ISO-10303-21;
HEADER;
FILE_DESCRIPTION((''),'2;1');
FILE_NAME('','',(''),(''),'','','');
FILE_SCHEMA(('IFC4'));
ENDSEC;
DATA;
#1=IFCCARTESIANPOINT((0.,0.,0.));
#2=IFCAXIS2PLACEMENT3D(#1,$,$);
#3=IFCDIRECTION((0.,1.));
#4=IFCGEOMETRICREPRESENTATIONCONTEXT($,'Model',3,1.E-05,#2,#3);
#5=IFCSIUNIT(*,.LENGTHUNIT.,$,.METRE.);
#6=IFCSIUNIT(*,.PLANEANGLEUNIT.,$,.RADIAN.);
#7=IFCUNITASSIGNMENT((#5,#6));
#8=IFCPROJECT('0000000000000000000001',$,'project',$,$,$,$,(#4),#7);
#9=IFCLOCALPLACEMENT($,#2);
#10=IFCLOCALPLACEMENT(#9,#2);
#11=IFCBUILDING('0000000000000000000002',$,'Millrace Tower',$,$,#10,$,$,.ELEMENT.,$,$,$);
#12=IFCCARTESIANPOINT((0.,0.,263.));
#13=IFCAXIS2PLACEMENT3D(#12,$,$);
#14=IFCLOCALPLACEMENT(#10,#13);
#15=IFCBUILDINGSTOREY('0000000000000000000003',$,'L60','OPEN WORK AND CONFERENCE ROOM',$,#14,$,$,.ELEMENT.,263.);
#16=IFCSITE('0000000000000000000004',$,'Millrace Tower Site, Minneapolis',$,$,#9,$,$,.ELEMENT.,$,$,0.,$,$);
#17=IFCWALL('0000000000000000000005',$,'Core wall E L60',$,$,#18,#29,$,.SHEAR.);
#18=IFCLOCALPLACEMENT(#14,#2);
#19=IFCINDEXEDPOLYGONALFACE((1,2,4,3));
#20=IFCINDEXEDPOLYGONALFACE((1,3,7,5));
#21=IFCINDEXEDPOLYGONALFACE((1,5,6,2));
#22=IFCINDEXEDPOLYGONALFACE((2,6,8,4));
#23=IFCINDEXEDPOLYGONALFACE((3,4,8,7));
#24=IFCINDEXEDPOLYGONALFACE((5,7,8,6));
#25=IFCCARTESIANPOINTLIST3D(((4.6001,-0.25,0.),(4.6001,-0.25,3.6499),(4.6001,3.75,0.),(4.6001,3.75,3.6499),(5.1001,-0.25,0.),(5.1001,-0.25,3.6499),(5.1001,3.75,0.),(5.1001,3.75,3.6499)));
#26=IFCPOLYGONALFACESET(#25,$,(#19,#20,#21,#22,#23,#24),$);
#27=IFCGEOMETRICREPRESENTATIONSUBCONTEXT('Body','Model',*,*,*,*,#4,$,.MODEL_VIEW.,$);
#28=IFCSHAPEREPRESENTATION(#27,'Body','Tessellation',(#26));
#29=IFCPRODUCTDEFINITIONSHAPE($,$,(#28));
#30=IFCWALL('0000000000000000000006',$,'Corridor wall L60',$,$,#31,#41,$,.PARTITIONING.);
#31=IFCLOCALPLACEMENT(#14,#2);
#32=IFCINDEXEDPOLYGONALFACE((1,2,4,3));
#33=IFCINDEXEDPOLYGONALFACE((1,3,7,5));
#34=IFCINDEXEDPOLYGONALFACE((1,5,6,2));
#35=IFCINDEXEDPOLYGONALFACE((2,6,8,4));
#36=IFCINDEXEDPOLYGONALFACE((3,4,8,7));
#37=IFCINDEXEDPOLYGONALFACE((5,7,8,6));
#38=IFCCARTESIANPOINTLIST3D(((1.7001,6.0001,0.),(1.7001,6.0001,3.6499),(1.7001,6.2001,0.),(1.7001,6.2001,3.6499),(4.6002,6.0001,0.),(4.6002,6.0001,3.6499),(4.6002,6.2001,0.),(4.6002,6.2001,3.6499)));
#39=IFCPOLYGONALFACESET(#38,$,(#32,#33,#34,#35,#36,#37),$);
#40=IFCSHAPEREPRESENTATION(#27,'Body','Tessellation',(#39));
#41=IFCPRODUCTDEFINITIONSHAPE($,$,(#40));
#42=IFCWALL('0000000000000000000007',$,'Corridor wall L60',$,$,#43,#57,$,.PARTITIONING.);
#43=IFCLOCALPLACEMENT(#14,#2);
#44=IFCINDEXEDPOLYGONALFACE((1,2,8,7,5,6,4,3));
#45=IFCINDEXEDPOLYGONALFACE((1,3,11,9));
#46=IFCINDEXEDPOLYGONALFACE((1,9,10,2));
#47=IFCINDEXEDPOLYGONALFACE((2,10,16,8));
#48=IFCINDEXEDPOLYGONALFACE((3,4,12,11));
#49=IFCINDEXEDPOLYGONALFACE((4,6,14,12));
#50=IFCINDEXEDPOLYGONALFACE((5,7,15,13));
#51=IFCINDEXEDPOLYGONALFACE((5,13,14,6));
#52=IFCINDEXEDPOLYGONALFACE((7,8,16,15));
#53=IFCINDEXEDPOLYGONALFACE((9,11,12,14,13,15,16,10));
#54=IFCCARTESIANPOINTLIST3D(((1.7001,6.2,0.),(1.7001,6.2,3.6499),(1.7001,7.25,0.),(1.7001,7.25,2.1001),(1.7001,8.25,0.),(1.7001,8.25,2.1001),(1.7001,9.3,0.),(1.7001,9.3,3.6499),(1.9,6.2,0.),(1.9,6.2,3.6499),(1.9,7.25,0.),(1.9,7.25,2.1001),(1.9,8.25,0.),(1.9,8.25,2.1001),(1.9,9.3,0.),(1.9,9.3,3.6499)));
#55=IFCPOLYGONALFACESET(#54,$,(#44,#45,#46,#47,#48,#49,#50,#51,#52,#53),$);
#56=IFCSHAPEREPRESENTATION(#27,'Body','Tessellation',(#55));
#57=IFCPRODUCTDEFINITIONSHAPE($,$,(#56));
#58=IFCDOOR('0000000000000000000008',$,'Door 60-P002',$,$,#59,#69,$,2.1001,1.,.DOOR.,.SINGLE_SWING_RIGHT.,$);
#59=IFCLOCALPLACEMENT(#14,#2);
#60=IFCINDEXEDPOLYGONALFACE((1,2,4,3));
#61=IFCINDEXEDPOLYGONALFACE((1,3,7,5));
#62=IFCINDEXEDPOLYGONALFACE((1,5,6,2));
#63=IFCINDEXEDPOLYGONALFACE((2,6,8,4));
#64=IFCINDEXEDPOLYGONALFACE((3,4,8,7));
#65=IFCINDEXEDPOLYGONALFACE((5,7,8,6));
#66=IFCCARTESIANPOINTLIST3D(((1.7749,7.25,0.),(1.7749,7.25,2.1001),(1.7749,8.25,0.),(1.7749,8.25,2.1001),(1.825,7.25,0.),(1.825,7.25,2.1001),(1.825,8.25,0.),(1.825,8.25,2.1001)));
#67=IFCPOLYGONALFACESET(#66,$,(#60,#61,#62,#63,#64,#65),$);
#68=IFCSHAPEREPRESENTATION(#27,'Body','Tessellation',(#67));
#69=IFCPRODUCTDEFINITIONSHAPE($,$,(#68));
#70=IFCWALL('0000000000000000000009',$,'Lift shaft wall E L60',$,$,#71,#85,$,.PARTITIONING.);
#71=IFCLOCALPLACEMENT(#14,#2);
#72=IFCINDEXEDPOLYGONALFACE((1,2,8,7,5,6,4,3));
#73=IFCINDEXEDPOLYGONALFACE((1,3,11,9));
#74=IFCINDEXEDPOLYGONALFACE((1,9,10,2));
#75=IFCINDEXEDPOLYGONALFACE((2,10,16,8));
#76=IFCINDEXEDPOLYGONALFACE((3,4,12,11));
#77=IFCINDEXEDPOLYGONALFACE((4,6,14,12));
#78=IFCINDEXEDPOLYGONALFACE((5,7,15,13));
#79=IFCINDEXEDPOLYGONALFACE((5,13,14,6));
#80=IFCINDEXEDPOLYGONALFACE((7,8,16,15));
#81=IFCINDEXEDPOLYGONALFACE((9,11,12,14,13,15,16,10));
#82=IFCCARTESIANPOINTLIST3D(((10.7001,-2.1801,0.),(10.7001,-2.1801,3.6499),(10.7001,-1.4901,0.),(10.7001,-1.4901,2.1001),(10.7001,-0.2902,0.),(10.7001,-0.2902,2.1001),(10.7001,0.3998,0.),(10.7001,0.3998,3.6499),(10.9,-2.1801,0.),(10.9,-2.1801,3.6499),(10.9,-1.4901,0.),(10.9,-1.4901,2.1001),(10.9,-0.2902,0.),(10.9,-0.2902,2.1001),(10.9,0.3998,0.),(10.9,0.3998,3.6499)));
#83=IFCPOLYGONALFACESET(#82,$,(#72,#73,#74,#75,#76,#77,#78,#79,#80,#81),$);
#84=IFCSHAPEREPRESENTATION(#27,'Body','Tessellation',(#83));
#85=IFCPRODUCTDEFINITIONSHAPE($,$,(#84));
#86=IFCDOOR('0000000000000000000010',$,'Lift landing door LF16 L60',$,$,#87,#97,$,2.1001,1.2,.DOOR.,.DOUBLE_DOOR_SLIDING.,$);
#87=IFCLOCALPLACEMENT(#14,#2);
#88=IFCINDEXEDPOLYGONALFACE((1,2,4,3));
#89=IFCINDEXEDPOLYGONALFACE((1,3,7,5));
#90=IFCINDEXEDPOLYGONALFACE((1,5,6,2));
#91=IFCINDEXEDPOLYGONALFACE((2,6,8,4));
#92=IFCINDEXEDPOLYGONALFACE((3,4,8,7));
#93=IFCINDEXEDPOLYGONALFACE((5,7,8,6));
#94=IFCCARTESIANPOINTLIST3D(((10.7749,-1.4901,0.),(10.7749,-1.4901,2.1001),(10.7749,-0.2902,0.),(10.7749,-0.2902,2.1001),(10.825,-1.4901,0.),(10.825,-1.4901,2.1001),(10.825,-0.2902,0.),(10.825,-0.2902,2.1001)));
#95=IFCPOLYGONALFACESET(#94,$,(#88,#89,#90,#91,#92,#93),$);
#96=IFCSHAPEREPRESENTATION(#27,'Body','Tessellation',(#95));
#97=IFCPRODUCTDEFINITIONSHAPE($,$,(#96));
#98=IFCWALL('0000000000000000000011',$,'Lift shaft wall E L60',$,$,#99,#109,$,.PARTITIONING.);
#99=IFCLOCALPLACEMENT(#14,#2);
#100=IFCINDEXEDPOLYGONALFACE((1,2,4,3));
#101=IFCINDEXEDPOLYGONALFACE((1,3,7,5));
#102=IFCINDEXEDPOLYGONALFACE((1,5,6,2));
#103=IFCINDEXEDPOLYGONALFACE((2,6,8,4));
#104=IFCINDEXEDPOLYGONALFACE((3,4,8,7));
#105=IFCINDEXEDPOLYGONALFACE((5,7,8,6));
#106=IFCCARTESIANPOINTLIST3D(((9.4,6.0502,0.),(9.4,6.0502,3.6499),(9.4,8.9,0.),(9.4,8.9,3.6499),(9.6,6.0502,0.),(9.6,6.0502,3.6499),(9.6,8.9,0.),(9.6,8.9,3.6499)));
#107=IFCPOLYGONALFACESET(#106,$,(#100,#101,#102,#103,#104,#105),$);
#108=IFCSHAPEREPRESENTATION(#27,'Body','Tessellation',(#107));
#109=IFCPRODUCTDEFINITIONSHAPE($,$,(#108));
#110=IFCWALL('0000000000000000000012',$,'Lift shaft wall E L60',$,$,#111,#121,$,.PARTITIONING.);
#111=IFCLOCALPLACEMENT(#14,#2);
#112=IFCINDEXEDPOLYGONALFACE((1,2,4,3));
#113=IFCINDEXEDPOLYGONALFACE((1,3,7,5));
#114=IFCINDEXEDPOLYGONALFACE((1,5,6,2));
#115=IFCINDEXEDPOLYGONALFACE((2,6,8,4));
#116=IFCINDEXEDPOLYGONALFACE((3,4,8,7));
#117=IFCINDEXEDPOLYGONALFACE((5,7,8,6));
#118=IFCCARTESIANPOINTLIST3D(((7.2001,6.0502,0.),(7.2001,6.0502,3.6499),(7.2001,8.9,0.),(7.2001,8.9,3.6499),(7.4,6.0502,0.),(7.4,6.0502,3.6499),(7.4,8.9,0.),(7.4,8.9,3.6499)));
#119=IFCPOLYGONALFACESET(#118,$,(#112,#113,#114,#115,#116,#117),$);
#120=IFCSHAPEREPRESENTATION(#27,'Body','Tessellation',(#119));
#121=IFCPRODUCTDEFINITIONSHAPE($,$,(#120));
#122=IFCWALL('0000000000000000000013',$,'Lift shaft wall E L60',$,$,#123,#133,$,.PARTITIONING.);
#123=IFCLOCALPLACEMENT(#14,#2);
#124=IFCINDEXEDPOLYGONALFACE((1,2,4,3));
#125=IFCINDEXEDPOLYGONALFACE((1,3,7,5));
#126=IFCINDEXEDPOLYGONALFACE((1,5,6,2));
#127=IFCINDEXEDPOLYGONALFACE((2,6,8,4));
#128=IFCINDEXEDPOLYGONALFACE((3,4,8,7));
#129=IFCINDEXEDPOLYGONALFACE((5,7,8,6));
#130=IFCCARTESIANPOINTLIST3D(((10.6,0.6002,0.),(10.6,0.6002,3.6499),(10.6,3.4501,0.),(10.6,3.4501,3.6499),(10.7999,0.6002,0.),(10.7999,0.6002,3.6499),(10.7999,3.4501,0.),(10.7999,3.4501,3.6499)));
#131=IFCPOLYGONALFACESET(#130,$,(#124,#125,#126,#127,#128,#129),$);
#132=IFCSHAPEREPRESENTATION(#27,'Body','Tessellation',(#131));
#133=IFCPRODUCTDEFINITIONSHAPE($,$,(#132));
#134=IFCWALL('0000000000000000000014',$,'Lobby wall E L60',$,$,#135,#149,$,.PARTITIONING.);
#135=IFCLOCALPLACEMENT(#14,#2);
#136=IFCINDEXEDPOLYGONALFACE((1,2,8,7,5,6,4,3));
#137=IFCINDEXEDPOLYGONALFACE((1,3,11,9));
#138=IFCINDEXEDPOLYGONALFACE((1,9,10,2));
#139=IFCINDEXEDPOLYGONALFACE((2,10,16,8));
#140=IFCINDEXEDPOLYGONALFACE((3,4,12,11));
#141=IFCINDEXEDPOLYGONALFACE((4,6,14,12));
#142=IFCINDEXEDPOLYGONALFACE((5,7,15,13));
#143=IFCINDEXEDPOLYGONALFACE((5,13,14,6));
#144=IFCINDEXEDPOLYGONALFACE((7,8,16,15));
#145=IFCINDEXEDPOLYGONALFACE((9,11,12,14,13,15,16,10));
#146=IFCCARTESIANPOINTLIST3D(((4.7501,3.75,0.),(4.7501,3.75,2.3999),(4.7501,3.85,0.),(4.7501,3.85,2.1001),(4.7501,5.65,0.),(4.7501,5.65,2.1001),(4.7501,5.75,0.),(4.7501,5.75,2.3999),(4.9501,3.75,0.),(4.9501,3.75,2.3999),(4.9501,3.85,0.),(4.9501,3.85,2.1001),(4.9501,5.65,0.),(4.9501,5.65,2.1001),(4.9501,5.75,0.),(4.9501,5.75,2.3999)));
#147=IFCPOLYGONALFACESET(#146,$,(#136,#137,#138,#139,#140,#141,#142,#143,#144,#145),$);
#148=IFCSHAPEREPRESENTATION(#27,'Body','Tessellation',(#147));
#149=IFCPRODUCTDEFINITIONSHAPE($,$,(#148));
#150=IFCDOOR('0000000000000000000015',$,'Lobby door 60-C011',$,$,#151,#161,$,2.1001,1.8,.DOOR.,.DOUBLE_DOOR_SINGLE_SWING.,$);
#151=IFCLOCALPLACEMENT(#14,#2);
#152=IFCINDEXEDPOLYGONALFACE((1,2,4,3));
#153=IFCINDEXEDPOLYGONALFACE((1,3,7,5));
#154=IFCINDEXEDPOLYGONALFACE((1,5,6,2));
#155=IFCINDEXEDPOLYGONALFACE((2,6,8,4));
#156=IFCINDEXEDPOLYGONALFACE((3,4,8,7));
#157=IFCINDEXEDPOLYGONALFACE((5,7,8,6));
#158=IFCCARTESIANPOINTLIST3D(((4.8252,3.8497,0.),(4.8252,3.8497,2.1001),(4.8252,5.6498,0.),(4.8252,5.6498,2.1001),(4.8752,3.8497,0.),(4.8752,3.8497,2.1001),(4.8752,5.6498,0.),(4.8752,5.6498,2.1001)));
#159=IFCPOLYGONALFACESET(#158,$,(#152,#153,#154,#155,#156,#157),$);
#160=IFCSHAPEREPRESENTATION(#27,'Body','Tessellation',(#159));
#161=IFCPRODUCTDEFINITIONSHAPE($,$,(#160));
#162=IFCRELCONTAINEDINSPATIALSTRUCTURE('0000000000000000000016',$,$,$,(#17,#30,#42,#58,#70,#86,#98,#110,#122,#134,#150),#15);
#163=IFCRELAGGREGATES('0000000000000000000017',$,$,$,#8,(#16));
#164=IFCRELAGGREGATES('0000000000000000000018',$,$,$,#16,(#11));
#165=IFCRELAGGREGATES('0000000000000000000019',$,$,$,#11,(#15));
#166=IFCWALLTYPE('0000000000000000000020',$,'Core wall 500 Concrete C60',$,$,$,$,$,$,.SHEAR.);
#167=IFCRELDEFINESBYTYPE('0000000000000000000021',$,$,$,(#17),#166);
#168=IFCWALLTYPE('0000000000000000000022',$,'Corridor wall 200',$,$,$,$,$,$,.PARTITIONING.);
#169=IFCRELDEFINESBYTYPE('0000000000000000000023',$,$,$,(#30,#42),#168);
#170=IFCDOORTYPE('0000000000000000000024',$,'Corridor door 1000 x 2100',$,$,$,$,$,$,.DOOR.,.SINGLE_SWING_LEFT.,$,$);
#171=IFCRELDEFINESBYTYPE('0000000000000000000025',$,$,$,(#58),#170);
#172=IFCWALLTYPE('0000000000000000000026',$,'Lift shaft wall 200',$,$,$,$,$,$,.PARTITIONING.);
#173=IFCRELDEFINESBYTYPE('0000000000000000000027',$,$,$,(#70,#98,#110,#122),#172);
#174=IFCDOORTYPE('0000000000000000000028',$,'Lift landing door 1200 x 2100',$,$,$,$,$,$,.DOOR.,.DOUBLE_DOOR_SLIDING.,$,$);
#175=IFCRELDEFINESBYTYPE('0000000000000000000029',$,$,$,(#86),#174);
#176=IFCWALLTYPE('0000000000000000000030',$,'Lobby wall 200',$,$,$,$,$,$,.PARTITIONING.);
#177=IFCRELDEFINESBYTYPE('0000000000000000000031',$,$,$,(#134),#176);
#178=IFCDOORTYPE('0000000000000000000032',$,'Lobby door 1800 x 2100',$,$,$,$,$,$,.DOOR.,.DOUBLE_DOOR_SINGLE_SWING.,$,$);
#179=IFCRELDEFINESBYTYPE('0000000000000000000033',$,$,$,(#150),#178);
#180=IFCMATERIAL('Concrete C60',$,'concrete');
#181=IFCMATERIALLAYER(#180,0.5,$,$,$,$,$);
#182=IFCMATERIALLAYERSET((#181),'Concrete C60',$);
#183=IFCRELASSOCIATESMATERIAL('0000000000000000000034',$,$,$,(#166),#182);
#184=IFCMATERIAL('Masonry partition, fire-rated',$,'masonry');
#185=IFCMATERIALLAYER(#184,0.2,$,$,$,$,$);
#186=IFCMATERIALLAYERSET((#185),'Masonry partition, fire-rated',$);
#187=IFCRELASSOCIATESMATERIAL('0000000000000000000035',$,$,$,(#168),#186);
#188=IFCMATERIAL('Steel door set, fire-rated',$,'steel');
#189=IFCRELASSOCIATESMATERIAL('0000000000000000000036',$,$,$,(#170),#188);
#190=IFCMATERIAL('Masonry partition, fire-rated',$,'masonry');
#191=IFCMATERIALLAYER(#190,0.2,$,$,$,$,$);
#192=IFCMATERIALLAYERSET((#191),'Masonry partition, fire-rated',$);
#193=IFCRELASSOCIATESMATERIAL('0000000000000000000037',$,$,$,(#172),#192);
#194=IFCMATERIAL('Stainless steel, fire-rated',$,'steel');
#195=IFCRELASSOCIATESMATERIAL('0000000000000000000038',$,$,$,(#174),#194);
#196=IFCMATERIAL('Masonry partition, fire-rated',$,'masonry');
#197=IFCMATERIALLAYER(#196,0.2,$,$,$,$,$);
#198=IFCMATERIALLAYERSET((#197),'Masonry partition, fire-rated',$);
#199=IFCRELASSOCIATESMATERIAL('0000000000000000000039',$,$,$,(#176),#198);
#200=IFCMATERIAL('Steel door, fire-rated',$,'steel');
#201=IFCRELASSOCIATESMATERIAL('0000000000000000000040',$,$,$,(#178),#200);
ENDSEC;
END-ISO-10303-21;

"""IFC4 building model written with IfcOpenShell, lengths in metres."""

from ifc_helpers import new_model, si_unit, direction, frame, frame_2d, origin, place, context, subcontext, project, spatial, rectangle, extrude, material, layer, layer_set, type_object, element, fill, save


model = new_model("IFC4")

# Units and contexts
model_context = context("Model", 3, precision=1e-05, world=origin(), true_north=direction((0.0, 1.0)))
body_context = subcontext(model_context, "Body", "Model", "MODEL_VIEW")
ifc_project = project(units=[si_unit("LENGTHUNIT", "METRE"), si_unit("PLANEANGLEUNIT", "RADIAN")], contexts=[model_context])

# Site, building, storey
site_placement = place(None, origin())
site = spatial("IfcSite", under=ifc_project, at=site_placement, Name="Millrace Tower Site, Minneapolis", CompositionType="ELEMENT", RefElevation=0.0)
building_placement = place(site_placement, origin())
building = spatial("IfcBuilding", under=site, at=building_placement, Name="Millrace Tower", CompositionType="ELEMENT")
storey_placement = place(building_placement, frame((0.0, 0.0, 263.0)))
storey = spatial("IfcBuildingStorey", under=building, at=storey_placement, Name="L60", Description="OPEN WORK AND CONFERENCE ROOM", CompositionType="ELEMENT", Elevation=263.0)

# Walls
ifc_material_1 = material(Name="Concrete C60", Category="concrete")
ifc_layer_1 = layer(ifc_material_1, 0.5)
ifc_layer_set_1 = layer_set([ifc_layer_1], Name="Concrete C60")
wall_type_1 = type_object("IfcWallType", Name="Core wall 500 Concrete C60", PredefinedType="SHEAR", material=ifc_layer_set_1)
wall_1_placement = place(storey_placement, frame((4.8501, 3.75, 0.0), z_axis=(0.0, 0.0, 1.0), x_axis=(0.0, -1.0, 0.0)))
element("IfcWall", 1, at=wall_1_placement, inside=storey, type_object=wall_type_1, Name="Core wall E L60", PredefinedType="SHEAR", context=body_context, shape_type="SweptSolid", body=[
    extrude(rectangle(XDim=4.0, YDim=0.5, at=frame_2d((2.0, 0.0))), origin(), (0.0, 0.0, 1.0), 3.6499),
])
ifc_material_2 = material(Name="Masonry partition, fire-rated", Category="masonry")
ifc_layer_2 = layer(ifc_material_2, 0.2)
ifc_layer_set_2 = layer_set([ifc_layer_2], Name="Masonry partition, fire-rated")
wall_type_2 = type_object("IfcWallType", Name="Corridor wall 200", PredefinedType="PARTITIONING", material=ifc_layer_set_2)
wall_2_placement = place(storey_placement, frame((1.7, 6.1001, 0.0), z_axis=(0.0, 0.0, 1.0), x_axis=(1.0, 0.0, 0.0)))
element("IfcWall", 2, at=wall_2_placement, inside=storey, type_object=wall_type_2, Name="Corridor wall L60", PredefinedType="PARTITIONING", context=body_context, shape_type="SweptSolid", body=[
    extrude(rectangle(XDim=2.9001, YDim=0.2, at=frame_2d((1.4502, 0.0))), origin(), (0.0, 0.0, 1.0), 3.6499),
])

# Walls, openings, doors
wall_3_placement = place(storey_placement, frame((1.8, 6.2, 0.0), z_axis=(0.0, 0.0, 1.0), x_axis=(0.0, 1.0, 0.0)))
wall_3 = element("IfcWall", 3, at=wall_3_placement, inside=storey, type_object=wall_type_2, Name="Corridor wall L60", PredefinedType="PARTITIONING", context=body_context, shape_type="SweptSolid", body=[
    extrude(rectangle(XDim=3.1001, YDim=0.2, at=frame_2d((1.55, 0.0))), origin(), (0.0, 0.0, 1.0), 3.6499),
])
opening_1_placement = place(wall_3_placement, frame((1.05, 0.0, 0.0)))
opening_1 = element("IfcOpeningElement", 4, at=opening_1_placement, cuts=wall_3, PredefinedType="OPENING", context=body_context, shape_type="SweptSolid", body=[
    extrude(rectangle(XDim=1.0, YDim=2.1001, at=frame_2d((0.5, 1.05))), frame((0.0, 0.1099, 0.0), z_axis=(0.0, -1.0, 0.0), x_axis=(1.0, 0.0, 0.0)), (0.0, 0.0, 1.0), 0.22),
])
ifc_material_3 = material(Name="Steel door set, fire-rated", Category="steel")
door_type_1 = type_object("IfcDoorType", Name="Corridor door 1000 x 2100", OperationType="SINGLE_SWING_LEFT", PredefinedType="DOOR", material=ifc_material_3)
door_1_placement = place(opening_1_placement, frame((1.0, 0.0, 0.0), z_axis=(0.0, 0.0, 1.0), x_axis=(-1.0, 0.0, 0.0)))
door_1 = element("IfcDoor", 5, at=door_1_placement, inside=storey, type_object=door_type_1, Name="Door 60-P002", OperationType="SINGLE_SWING_RIGHT", OverallHeight=2.1001, OverallWidth=1.0, PredefinedType="DOOR", context=body_context, shape_type="SweptSolid", body=[
    extrude(rectangle(XDim=1.0, YDim=2.1001, at=frame_2d((0.5, 1.05))), frame((0.0, 0.0249, 0.0), z_axis=(0.0, -1.0, 0.0), x_axis=(1.0, 0.0, 0.0)), (0.0, 0.0, 1.0), 0.05),
])
fill(opening_1, door_1)
ifc_material_4 = material(Name="Masonry partition, fire-rated", Category="masonry")
ifc_layer_3 = layer(ifc_material_4, 0.2)
ifc_layer_set_3 = layer_set([ifc_layer_3], Name="Masonry partition, fire-rated")
wall_type_3 = type_object("IfcWallType", Name="Lift shaft wall 200", PredefinedType="PARTITIONING", material=ifc_layer_set_3)
wall_4_placement = place(storey_placement, frame((10.8, 0.3999, 0.0), z_axis=(0.0, 0.0, 1.0), x_axis=(0.0, -1.0, 0.0)))
wall_4 = element("IfcWall", 6, at=wall_4_placement, inside=storey, type_object=wall_type_3, Name="Lift shaft wall E L60", PredefinedType="PARTITIONING", context=body_context, shape_type="SweptSolid", body=[
    extrude(rectangle(XDim=2.5798, YDim=0.2, at=frame_2d((1.29, 0.0))), origin(), (0.0, 0.0, 1.0), 3.6499),
])
opening_2_placement = place(wall_4_placement, frame((0.6899, 0.0, 0.0)))
opening_2 = element("IfcOpeningElement", 7, at=opening_2_placement, cuts=wall_4, PredefinedType="OPENING", context=body_context, shape_type="SweptSolid", body=[
    extrude(rectangle(XDim=1.2, YDim=2.1001, at=frame_2d((0.6001, 1.05))), frame((0.0, 0.1099, 0.0), z_axis=(0.0, -1.0, 0.0), x_axis=(1.0, 0.0, 0.0)), (0.0, 0.0, 1.0), 0.22),
])
ifc_material_5 = material(Name="Stainless steel, fire-rated", Category="steel")
door_type_2 = type_object("IfcDoorType", Name="Lift landing door 1200 x 2100", OperationType="DOUBLE_DOOR_SLIDING", PredefinedType="DOOR", material=ifc_material_5)
door_2_placement = place(opening_2_placement, origin())
door_2 = element("IfcDoor", 8, at=door_2_placement, inside=storey, type_object=door_type_2, Name="Lift landing door LF16 L60", OperationType="DOUBLE_DOOR_SLIDING", OverallHeight=2.1001, OverallWidth=1.2, PredefinedType="DOOR", context=body_context, shape_type="SweptSolid", body=[
    extrude(rectangle(XDim=1.2, YDim=2.1001, at=frame_2d((0.6001, 1.05))), frame((0.0, 0.0249, 0.0), z_axis=(0.0, -1.0, 0.0), x_axis=(1.0, 0.0, 0.0)), (0.0, 0.0, 1.0), 0.05),
])
fill(opening_2, door_2)

# Walls
for number, where, z_axis, x_axis, name in (
    (9, (9.5, 8.8999, 0.0), (0.0, 0.0, 1.0), (0.0, -1.0, 0.0), "Lift shaft wall E L60"),
    (10, (7.3, 8.8999, 0.0), (0.0, 0.0, 1.0), (0.0, -1.0, 0.0), "Lift shaft wall E L60"),
    (11, (10.7, 3.45, 0.0), (0.0, 0.0, 1.0), (0.0, -1.0, 0.0), "Lift shaft wall E L60"),
):
    element("IfcWall", number, at=place(storey_placement, frame(where, z_axis=z_axis, x_axis=x_axis)), inside=storey, type_object=wall_type_3, Name=name, PredefinedType="PARTITIONING", context=body_context, shape_type="SweptSolid", body=[
        extrude(rectangle(XDim=2.8499, YDim=0.2, at=frame_2d((1.4248, 0.0))), origin(), (0.0, 0.0, 1.0), 3.6499),
    ])

# Wall, opening, door
ifc_material_6 = material(Name="Masonry partition, fire-rated", Category="masonry")
ifc_layer_4 = layer(ifc_material_6, 0.2)
ifc_layer_set_4 = layer_set([ifc_layer_4], Name="Masonry partition, fire-rated")
wall_type_4 = type_object("IfcWallType", Name="Lobby wall 200", PredefinedType="PARTITIONING", material=ifc_layer_set_4)
wall_5_placement = place(storey_placement, frame((4.8501, 5.75, 0.0), z_axis=(0.0, 0.0, 1.0), x_axis=(0.0, -1.0, 0.0)))
wall_5 = element("IfcWall", 12, at=wall_5_placement, inside=storey, type_object=wall_type_4, Name="Lobby wall E L60", PredefinedType="PARTITIONING", context=body_context, shape_type="SweptSolid", body=[
    extrude(rectangle(XDim=2.0, YDim=0.2, at=frame_2d((1.0, 0.0))), origin(), (0.0, 0.0, 1.0), 2.3999),
])
opening_3_placement = place(wall_5_placement, frame((0.1001, 0.0, 0.0)))
opening_3 = element("IfcOpeningElement", 13, at=opening_3_placement, cuts=wall_5, PredefinedType="OPENING", context=body_context, shape_type="SweptSolid", body=[
    extrude(rectangle(XDim=1.8, YDim=2.1001, at=frame_2d((0.8999, 1.05))), frame((0.0, 0.1099, 0.0), z_axis=(0.0, -1.0, 0.0), x_axis=(1.0, 0.0, 0.0)), (0.0, 0.0, 1.0), 0.22),
])
ifc_material_7 = material(Name="Steel door, fire-rated", Category="steel")
door_type_3 = type_object("IfcDoorType", Name="Lobby door 1800 x 2100", OperationType="DOUBLE_DOOR_SINGLE_SWING", PredefinedType="DOOR", material=ifc_material_7)
door_3_placement = place(opening_3_placement, frame((1.8, 0.0, 0.0), z_axis=(0.0, 0.0, 1.0), x_axis=(-1.0, 0.0, 0.0)))
door_3 = element("IfcDoor", 14, at=door_3_placement, inside=storey, type_object=door_type_3, Name="Lobby door 60-C011", OperationType="DOUBLE_DOOR_SINGLE_SWING", OverallHeight=2.1001, OverallWidth=1.8, PredefinedType="DOOR", context=body_context, shape_type="SweptSolid", body=[
    extrude(rectangle(XDim=1.8, YDim=2.1001, at=frame_2d((0.8999, 1.05))), frame((0.0, 0.0249, 0.0), z_axis=(0.0, -1.0, 0.0), x_axis=(1.0, 0.0, 0.0)), (0.0, 0.0, 1.0), 0.05),
])
fill(opening_3, door_3)

save(model, "model.ifc")
